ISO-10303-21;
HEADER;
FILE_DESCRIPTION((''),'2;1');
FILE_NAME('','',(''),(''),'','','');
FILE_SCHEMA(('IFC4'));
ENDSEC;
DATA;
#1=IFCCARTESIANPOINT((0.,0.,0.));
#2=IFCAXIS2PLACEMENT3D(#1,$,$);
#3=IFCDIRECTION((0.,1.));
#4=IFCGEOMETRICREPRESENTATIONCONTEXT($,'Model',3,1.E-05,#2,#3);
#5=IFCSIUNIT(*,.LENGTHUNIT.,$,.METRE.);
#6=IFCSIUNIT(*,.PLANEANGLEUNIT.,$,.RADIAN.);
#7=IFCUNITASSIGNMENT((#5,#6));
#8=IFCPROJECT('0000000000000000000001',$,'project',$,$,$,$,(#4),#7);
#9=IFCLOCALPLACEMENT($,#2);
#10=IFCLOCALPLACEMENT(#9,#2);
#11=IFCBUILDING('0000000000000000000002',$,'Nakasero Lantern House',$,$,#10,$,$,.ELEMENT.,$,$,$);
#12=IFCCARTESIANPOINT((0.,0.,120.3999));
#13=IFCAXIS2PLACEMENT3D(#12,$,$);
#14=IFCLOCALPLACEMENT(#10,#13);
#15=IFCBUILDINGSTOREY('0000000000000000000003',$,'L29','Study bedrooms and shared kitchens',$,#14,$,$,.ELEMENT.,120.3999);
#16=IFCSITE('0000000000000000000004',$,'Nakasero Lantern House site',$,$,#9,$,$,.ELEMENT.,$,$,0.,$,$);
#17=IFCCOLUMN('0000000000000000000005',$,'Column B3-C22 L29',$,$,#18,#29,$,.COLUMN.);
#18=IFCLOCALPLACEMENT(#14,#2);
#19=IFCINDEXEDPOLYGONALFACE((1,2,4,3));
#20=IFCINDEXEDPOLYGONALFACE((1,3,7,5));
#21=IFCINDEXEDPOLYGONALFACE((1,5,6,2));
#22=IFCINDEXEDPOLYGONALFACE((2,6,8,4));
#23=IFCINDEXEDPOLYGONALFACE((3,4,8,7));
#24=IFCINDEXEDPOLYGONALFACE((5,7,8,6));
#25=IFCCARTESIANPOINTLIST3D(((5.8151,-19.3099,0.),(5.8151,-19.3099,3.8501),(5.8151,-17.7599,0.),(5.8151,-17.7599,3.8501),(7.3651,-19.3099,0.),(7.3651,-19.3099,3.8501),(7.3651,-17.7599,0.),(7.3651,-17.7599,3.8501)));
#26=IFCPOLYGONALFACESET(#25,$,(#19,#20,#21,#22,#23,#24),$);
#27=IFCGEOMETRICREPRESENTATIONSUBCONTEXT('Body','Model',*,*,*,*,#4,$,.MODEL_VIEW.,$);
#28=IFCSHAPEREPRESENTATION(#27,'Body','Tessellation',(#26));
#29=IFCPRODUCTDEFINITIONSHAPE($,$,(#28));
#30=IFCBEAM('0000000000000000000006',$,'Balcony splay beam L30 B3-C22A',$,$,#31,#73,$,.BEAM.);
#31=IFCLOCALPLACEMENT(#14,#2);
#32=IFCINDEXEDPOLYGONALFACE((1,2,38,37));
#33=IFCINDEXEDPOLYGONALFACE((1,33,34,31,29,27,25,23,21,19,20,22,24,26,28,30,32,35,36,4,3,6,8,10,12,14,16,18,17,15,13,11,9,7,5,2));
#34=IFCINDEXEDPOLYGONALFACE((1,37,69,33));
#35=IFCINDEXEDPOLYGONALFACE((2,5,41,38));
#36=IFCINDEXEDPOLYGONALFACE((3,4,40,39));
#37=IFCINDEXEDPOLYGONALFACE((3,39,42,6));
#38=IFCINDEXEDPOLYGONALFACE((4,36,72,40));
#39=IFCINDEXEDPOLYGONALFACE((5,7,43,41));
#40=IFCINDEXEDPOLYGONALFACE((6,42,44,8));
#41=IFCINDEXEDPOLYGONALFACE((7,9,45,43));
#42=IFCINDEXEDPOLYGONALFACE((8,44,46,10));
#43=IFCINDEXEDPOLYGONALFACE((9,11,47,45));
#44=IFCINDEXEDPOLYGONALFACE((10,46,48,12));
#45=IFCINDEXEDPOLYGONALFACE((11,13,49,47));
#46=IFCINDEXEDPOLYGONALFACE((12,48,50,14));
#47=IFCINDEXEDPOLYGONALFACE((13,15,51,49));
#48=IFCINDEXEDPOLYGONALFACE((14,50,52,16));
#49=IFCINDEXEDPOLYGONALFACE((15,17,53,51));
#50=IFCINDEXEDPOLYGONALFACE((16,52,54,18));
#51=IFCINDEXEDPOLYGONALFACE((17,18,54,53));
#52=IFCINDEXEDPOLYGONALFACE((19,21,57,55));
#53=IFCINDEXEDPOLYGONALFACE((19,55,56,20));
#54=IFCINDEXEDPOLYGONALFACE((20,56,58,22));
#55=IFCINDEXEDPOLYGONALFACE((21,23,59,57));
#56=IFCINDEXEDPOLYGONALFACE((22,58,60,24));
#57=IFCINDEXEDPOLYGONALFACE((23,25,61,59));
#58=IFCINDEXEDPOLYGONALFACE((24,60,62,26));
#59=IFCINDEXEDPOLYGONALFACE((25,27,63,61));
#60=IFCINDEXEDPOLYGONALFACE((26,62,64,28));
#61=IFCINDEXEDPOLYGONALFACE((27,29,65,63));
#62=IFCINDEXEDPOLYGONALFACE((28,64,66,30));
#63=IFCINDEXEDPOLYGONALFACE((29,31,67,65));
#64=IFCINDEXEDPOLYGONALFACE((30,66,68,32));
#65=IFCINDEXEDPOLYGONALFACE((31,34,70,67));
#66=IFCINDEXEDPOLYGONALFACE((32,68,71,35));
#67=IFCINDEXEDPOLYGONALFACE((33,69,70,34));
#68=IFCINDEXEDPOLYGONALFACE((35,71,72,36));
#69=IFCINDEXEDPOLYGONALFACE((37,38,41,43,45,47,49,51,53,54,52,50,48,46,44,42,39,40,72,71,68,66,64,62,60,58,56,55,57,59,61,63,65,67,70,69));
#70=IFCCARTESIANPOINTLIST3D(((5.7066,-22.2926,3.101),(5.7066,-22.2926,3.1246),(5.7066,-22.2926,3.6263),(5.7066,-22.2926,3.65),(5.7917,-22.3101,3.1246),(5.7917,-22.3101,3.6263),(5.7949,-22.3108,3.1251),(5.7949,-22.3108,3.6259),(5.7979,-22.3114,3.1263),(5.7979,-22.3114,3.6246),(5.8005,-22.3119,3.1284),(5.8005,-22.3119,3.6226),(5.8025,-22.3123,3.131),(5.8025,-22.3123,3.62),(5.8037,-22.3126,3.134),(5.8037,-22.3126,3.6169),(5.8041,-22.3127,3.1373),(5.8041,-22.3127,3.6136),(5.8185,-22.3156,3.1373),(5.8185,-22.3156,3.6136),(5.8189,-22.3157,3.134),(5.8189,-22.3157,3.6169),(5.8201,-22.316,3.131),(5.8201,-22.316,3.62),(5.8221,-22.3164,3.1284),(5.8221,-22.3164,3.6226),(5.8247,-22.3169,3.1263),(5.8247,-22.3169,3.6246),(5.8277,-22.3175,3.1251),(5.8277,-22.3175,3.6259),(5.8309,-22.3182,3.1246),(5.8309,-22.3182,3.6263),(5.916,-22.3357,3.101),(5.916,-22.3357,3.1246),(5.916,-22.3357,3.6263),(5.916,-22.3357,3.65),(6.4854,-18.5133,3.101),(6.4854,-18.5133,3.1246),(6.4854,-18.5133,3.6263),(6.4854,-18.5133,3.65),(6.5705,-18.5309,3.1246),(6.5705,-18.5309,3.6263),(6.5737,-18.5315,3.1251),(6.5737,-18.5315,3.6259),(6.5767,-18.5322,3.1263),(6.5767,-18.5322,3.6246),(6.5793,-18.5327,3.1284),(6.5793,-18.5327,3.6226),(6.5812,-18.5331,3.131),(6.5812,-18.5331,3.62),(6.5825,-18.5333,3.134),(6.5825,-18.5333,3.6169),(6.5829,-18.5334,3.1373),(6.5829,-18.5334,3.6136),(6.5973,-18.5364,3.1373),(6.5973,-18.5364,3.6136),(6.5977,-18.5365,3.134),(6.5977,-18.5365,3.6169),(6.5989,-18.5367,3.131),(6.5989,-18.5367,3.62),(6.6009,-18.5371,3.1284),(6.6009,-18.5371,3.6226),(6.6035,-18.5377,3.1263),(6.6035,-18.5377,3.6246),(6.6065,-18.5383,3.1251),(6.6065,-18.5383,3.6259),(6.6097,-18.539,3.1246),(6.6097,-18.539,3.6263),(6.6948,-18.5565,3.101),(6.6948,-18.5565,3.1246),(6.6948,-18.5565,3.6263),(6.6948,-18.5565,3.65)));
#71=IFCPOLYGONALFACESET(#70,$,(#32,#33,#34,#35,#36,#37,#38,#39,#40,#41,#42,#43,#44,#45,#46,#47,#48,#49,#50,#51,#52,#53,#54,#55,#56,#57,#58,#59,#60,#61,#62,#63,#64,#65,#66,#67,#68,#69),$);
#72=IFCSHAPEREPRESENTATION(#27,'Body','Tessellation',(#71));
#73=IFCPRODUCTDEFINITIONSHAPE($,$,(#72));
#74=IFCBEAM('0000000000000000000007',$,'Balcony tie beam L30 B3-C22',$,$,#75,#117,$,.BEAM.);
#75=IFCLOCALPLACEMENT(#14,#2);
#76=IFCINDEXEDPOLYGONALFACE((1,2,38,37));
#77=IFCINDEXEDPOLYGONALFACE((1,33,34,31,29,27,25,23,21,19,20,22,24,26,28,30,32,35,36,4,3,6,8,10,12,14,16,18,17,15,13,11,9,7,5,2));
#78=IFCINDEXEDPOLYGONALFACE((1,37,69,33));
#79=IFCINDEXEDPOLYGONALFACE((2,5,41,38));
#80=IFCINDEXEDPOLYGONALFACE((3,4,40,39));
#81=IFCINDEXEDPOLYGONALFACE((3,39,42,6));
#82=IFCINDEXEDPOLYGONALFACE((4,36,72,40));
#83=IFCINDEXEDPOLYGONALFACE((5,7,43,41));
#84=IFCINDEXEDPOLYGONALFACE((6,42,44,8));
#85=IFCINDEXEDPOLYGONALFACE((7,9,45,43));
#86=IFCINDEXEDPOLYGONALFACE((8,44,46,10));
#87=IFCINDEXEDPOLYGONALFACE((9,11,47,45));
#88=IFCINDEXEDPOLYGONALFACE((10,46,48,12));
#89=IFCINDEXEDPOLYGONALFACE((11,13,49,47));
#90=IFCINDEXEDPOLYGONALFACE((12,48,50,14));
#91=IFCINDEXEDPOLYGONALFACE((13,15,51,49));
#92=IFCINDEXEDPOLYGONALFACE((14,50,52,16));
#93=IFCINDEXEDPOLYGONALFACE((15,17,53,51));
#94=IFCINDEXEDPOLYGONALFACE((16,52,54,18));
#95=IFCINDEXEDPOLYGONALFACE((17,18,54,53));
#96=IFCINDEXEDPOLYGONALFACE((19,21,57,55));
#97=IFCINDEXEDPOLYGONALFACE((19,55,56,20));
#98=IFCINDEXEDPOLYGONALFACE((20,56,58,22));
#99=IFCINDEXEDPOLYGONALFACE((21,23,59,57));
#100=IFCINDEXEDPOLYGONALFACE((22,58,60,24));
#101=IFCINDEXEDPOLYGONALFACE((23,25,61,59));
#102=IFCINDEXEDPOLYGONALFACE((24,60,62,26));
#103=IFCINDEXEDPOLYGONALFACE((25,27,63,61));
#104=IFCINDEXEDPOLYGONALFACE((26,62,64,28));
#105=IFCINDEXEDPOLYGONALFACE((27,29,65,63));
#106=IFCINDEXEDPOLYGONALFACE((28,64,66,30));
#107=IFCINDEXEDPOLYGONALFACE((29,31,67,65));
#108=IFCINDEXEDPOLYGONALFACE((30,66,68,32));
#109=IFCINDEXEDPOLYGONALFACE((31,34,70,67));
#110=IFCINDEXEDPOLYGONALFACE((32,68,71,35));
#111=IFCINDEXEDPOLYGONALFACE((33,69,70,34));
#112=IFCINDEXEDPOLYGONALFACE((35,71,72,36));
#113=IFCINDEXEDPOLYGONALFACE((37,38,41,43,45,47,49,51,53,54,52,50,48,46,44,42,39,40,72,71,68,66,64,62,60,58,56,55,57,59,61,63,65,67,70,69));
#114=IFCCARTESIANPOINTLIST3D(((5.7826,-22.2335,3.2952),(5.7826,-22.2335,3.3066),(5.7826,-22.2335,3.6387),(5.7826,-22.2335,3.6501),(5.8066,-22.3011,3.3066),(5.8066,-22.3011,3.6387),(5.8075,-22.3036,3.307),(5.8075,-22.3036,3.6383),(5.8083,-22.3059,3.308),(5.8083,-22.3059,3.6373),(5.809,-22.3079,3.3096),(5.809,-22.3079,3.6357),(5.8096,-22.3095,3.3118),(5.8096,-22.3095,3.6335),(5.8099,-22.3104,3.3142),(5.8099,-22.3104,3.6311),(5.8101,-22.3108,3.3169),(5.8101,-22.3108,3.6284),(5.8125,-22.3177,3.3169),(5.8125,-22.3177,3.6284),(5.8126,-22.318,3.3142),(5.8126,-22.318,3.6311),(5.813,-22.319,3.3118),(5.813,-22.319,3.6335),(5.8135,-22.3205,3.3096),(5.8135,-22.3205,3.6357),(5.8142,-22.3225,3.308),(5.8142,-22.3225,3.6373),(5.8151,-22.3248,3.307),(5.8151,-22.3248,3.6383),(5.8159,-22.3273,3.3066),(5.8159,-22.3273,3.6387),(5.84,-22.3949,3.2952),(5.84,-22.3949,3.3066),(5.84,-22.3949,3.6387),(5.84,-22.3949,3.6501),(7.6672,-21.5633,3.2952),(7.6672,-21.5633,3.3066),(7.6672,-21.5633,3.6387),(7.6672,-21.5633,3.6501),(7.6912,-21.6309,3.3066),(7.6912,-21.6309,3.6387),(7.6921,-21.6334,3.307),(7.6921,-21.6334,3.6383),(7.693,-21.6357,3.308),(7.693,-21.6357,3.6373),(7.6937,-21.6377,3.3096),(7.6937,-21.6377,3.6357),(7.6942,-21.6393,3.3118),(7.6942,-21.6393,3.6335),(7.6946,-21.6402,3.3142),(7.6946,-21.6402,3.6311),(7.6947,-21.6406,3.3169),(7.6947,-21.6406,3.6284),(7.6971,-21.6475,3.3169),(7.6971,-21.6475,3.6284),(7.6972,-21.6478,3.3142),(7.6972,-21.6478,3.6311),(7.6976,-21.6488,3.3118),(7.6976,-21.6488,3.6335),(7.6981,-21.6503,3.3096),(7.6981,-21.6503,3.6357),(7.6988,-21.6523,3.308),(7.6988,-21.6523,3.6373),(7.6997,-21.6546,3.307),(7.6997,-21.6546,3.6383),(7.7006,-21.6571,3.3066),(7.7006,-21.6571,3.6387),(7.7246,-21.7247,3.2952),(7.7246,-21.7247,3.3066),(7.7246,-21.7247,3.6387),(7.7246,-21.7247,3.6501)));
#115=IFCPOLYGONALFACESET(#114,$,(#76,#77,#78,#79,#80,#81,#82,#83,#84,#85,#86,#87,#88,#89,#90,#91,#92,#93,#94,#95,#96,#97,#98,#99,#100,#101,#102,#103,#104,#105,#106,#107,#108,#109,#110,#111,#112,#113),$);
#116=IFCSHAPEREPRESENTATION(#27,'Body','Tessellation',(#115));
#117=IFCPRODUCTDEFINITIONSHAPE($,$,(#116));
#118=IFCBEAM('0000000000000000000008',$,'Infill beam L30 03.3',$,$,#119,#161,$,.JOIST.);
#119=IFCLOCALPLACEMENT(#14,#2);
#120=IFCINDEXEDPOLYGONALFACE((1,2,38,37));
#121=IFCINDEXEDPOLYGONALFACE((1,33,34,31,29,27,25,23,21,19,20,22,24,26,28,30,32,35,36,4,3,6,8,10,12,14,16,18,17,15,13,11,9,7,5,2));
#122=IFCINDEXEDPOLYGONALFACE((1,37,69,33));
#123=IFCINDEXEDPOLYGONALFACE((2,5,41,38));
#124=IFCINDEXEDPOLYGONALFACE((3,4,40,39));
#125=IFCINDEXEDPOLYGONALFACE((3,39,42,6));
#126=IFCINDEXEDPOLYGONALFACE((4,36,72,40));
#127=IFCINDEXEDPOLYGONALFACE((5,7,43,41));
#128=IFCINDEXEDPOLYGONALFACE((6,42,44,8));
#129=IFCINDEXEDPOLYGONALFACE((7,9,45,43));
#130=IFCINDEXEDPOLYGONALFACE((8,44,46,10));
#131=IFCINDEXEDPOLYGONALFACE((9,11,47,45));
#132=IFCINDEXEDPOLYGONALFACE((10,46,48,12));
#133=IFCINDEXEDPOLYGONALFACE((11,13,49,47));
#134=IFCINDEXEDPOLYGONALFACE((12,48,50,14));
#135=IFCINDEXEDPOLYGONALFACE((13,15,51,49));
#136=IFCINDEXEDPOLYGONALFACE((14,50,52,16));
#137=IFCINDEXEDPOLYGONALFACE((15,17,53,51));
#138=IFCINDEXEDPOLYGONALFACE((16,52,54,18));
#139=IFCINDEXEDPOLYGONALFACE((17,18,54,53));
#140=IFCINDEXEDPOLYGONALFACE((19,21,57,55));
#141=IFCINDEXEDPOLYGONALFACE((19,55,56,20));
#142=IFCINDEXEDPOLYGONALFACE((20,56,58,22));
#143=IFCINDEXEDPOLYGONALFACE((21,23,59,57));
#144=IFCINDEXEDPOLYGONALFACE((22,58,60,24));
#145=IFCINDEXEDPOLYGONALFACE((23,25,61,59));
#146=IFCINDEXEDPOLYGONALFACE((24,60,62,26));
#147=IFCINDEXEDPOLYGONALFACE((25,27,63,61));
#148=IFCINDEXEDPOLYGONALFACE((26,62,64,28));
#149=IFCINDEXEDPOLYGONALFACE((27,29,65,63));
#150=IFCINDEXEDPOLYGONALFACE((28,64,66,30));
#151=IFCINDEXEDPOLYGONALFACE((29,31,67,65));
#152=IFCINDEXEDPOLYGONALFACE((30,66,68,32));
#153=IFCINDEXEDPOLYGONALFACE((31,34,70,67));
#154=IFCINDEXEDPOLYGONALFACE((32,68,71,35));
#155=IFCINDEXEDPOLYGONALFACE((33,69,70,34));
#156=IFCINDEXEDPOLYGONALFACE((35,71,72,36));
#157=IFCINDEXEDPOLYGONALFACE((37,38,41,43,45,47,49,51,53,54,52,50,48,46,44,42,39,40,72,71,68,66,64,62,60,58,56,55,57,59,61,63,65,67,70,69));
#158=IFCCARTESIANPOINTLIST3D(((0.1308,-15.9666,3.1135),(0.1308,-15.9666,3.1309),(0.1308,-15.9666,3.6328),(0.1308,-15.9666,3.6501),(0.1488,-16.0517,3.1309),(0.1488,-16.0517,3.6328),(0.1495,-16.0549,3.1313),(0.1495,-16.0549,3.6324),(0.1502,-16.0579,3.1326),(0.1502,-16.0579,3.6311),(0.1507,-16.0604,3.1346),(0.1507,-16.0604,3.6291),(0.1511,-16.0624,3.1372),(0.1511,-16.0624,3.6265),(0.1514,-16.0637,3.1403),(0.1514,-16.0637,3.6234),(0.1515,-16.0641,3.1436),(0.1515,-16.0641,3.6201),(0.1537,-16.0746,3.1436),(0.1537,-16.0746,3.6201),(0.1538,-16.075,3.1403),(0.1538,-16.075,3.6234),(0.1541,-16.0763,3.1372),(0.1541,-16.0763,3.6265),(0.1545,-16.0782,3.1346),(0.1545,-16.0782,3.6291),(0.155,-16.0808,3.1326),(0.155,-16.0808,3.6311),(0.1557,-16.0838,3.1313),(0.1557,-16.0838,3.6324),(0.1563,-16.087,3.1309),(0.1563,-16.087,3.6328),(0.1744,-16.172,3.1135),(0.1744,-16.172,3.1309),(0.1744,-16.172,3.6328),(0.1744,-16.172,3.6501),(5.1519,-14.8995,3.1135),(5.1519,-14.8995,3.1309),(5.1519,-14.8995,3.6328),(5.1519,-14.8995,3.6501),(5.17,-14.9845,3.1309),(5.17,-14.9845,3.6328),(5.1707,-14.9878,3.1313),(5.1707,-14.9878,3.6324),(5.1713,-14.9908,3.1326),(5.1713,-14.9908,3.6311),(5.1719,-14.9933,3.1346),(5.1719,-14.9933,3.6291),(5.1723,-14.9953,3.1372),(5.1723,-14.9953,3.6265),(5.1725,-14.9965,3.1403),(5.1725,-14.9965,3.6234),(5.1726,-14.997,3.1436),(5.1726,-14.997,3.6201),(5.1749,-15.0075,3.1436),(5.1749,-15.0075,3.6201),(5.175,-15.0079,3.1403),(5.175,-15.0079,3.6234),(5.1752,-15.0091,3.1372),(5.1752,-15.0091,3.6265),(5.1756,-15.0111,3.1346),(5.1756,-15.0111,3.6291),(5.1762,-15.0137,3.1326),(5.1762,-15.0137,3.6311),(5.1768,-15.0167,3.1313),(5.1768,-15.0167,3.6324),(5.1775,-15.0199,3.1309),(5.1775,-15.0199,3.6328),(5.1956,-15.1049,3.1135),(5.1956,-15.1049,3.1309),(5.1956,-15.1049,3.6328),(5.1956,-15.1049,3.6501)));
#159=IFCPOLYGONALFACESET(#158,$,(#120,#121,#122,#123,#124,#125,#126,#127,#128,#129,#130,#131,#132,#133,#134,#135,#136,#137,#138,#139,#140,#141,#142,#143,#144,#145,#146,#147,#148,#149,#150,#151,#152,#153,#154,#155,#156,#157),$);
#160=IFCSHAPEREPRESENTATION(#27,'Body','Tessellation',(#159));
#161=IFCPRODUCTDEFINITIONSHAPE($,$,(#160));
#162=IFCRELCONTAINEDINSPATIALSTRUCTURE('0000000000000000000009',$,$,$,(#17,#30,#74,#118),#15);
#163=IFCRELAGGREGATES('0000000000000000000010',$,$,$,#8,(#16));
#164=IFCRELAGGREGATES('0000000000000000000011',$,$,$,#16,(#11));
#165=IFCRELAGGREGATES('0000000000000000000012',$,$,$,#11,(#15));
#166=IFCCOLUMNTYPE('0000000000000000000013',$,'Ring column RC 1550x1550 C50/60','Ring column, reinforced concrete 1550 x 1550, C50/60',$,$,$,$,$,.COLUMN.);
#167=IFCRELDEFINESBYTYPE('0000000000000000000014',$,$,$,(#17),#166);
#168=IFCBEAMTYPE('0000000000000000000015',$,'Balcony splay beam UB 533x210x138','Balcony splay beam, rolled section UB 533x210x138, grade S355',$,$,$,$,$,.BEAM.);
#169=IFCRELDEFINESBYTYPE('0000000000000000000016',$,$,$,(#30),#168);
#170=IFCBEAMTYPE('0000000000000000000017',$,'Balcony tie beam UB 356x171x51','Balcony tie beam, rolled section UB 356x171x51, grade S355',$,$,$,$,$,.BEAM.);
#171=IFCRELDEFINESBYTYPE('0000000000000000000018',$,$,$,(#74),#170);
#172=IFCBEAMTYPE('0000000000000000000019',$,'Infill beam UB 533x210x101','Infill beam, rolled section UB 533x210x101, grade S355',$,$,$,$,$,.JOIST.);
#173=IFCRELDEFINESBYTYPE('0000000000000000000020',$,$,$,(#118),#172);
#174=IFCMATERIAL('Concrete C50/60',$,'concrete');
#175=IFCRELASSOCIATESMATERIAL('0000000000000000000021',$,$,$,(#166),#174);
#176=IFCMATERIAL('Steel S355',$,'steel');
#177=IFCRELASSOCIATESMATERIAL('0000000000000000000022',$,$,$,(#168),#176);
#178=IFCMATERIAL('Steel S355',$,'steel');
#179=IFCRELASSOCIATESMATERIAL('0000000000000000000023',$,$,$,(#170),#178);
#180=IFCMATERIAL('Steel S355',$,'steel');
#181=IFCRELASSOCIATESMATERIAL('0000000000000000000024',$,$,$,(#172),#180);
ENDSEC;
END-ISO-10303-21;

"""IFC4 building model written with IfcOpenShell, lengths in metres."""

from ifc_helpers import new_model, si_unit, direction, frame, origin, origin_2d, place, context, subcontext, project, spatial, rectangle, i_section, extrude, material, material_profile, profile_set, type_object, element, save


model = new_model("IFC4")

# Units and contexts
model_context = context("Model", 3, precision=1e-05, world=origin(), true_north=direction((0.0, 1.0)))
body_context = subcontext(model_context, "Body", "Model", "MODEL_VIEW")
ifc_project = project(units=[si_unit("LENGTHUNIT", "METRE"), si_unit("PLANEANGLEUNIT", "RADIAN")], contexts=[model_context])

# Site, building, storey
site_placement = place(None, origin())
site = spatial("IfcSite", under=ifc_project, at=site_placement, Name="Nakasero Lantern House site", CompositionType="ELEMENT", RefElevation=0.0)
building_placement = place(site_placement, origin())
building = spatial("IfcBuilding", under=site, at=building_placement, Name="Nakasero Lantern House", CompositionType="ELEMENT")
storey_placement = place(building_placement, frame((0.0, 0.0, 120.3999)))
storey = spatial("IfcBuildingStorey", under=building, at=storey_placement, Name="L29", Description="Study bedrooms and shared kitchens", CompositionType="ELEMENT", Elevation=120.3999)

# Column
ifc_material_1 = material(Name="Concrete C50/60", Category="concrete")
ifc_material_profile_1 = material_profile(ifc_material_1, rectangle(XDim=1.55, YDim=1.55, at=origin_2d()), Name="RC 1550x1550")
ifc_profile_set_1 = profile_set([ifc_material_profile_1], Name="Concrete C50/60")
column_type = type_object("IfcColumnType", Name="Ring column RC 1550x1550 C50/60", Description="Ring column, reinforced concrete 1550 x 1550, C50/60", PredefinedType="COLUMN", material=ifc_profile_set_1)
column_placement = place(storey_placement, frame((6.5901, -18.5349, 0.0), z_axis=(0.0, 0.0, 1.0), x_axis=(1.0, 0.0, 0.0)))
element("IfcColumn", 1, at=column_placement, inside=storey, type_object=column_type, Name="Column B3-C22 L29", PredefinedType="COLUMN", context=body_context, shape_type="SweptSolid", body=[
    extrude(rectangle(XDim=1.55, YDim=1.55, at=origin_2d()), origin(), (0.0, 0.0, 1.0), 3.8501),
])

# Beams
ifc_material_2 = material(Name="Steel S355", Category="steel")
ifc_material_profile_2 = material_profile(ifc_material_2, i_section(OverallWidth=0.2139, OverallDepth=0.5491, WebThickness=0.0146, FlangeThickness=0.0237, FilletRadius=0.0127, at=origin_2d()), Name="UB 533x210x138")
ifc_profile_set_2 = profile_set([ifc_material_profile_2], Name="Steel S355")
beam_type_1 = type_object("IfcBeamType", Name="Balcony splay beam UB 533x210x138", Description="Balcony splay beam, rolled section UB 533x210x138, grade S355", PredefinedType="BEAM", material=ifc_profile_set_2)
beam_1_placement = place(storey_placement, frame((6.5901, -18.5349, 3.3755), z_axis=(-0.201831, -0.97942, 0.0), x_axis=(0.97942, -0.201831, 0.0)))
element("IfcBeam", 2, at=beam_1_placement, inside=storey, type_object=beam_type_1, Name="Balcony splay beam L30 B3-C22A", PredefinedType="BEAM", context=body_context, shape_type="SweptSolid", body=[
    extrude(i_section(OverallWidth=0.2139, OverallDepth=0.5491, WebThickness=0.0146, FlangeThickness=0.0237, FilletRadius=0.0127, at=origin_2d()), origin(), (0.0, 0.0, 1.0), 3.8586),
])
ifc_material_3 = material(Name="Steel S355", Category="steel")
ifc_material_profile_3 = material_profile(ifc_material_3, i_section(OverallWidth=0.1714, OverallDepth=0.355, WebThickness=0.0073, FlangeThickness=0.0115, FilletRadius=0.0103, at=origin_2d()), Name="UB 356x171x51")
ifc_profile_set_3 = profile_set([ifc_material_profile_3], Name="Steel S355")
beam_type_2 = type_object("IfcBeamType", Name="Balcony tie beam UB 356x171x51", Description="Balcony tie beam, rolled section UB 356x171x51, grade S355", PredefinedType="BEAM", material=ifc_profile_set_3)
beam_2_placement = place(storey_placement, frame((5.8113, -22.3142, 3.4727), z_axis=(0.942197, 0.33506, 0.0), x_axis=(-0.33506, 0.942197, 0.0)))
element("IfcBeam", 3, at=beam_2_placement, inside=storey, type_object=beam_type_2, Name="Balcony tie beam L30 B3-C22", PredefinedType="BEAM", context=body_context, shape_type="SweptSolid", body=[
    extrude(i_section(OverallWidth=0.1714, OverallDepth=0.355, WebThickness=0.0073, FlangeThickness=0.0115, FilletRadius=0.0103, at=origin_2d()), origin(), (0.0, 0.0, 1.0), 2.0002),
])
ifc_material_4 = material(Name="Steel S355", Category="steel")
ifc_material_profile_4 = material_profile(ifc_material_4, i_section(OverallWidth=0.21, OverallDepth=0.5366, WebThickness=0.0107, FlangeThickness=0.0173, FilletRadius=0.0127, at=origin_2d()), Name="UB 533x210x101")
ifc_profile_set_4 = profile_set([ifc_material_profile_4], Name="Steel S355")
beam_type_3 = type_object("IfcBeamType", Name="Infill beam UB 533x210x101", Description="Infill beam, rolled section UB 533x210x101, grade S355", PredefinedType="JOIST", material=ifc_profile_set_4)
beam_3_placement = place(storey_placement, frame((0.1526, -16.0693, 3.3818), z_axis=(0.978154, 0.207882, 0.0), x_axis=(-0.207882, 0.978154, 0.0)))
element("IfcBeam", 4, at=beam_3_placement, inside=storey, type_object=beam_type_3, Name="Infill beam L30 03.3", PredefinedType="JOIST", context=body_context, shape_type="SweptSolid", body=[
    extrude(i_section(OverallWidth=0.21, OverallDepth=0.5366, WebThickness=0.0107, FlangeThickness=0.0173, FilletRadius=0.0127, at=origin_2d()), origin(), (0.0, 0.0, 1.0), 5.1333),
])

save(model, "model.ifc")
